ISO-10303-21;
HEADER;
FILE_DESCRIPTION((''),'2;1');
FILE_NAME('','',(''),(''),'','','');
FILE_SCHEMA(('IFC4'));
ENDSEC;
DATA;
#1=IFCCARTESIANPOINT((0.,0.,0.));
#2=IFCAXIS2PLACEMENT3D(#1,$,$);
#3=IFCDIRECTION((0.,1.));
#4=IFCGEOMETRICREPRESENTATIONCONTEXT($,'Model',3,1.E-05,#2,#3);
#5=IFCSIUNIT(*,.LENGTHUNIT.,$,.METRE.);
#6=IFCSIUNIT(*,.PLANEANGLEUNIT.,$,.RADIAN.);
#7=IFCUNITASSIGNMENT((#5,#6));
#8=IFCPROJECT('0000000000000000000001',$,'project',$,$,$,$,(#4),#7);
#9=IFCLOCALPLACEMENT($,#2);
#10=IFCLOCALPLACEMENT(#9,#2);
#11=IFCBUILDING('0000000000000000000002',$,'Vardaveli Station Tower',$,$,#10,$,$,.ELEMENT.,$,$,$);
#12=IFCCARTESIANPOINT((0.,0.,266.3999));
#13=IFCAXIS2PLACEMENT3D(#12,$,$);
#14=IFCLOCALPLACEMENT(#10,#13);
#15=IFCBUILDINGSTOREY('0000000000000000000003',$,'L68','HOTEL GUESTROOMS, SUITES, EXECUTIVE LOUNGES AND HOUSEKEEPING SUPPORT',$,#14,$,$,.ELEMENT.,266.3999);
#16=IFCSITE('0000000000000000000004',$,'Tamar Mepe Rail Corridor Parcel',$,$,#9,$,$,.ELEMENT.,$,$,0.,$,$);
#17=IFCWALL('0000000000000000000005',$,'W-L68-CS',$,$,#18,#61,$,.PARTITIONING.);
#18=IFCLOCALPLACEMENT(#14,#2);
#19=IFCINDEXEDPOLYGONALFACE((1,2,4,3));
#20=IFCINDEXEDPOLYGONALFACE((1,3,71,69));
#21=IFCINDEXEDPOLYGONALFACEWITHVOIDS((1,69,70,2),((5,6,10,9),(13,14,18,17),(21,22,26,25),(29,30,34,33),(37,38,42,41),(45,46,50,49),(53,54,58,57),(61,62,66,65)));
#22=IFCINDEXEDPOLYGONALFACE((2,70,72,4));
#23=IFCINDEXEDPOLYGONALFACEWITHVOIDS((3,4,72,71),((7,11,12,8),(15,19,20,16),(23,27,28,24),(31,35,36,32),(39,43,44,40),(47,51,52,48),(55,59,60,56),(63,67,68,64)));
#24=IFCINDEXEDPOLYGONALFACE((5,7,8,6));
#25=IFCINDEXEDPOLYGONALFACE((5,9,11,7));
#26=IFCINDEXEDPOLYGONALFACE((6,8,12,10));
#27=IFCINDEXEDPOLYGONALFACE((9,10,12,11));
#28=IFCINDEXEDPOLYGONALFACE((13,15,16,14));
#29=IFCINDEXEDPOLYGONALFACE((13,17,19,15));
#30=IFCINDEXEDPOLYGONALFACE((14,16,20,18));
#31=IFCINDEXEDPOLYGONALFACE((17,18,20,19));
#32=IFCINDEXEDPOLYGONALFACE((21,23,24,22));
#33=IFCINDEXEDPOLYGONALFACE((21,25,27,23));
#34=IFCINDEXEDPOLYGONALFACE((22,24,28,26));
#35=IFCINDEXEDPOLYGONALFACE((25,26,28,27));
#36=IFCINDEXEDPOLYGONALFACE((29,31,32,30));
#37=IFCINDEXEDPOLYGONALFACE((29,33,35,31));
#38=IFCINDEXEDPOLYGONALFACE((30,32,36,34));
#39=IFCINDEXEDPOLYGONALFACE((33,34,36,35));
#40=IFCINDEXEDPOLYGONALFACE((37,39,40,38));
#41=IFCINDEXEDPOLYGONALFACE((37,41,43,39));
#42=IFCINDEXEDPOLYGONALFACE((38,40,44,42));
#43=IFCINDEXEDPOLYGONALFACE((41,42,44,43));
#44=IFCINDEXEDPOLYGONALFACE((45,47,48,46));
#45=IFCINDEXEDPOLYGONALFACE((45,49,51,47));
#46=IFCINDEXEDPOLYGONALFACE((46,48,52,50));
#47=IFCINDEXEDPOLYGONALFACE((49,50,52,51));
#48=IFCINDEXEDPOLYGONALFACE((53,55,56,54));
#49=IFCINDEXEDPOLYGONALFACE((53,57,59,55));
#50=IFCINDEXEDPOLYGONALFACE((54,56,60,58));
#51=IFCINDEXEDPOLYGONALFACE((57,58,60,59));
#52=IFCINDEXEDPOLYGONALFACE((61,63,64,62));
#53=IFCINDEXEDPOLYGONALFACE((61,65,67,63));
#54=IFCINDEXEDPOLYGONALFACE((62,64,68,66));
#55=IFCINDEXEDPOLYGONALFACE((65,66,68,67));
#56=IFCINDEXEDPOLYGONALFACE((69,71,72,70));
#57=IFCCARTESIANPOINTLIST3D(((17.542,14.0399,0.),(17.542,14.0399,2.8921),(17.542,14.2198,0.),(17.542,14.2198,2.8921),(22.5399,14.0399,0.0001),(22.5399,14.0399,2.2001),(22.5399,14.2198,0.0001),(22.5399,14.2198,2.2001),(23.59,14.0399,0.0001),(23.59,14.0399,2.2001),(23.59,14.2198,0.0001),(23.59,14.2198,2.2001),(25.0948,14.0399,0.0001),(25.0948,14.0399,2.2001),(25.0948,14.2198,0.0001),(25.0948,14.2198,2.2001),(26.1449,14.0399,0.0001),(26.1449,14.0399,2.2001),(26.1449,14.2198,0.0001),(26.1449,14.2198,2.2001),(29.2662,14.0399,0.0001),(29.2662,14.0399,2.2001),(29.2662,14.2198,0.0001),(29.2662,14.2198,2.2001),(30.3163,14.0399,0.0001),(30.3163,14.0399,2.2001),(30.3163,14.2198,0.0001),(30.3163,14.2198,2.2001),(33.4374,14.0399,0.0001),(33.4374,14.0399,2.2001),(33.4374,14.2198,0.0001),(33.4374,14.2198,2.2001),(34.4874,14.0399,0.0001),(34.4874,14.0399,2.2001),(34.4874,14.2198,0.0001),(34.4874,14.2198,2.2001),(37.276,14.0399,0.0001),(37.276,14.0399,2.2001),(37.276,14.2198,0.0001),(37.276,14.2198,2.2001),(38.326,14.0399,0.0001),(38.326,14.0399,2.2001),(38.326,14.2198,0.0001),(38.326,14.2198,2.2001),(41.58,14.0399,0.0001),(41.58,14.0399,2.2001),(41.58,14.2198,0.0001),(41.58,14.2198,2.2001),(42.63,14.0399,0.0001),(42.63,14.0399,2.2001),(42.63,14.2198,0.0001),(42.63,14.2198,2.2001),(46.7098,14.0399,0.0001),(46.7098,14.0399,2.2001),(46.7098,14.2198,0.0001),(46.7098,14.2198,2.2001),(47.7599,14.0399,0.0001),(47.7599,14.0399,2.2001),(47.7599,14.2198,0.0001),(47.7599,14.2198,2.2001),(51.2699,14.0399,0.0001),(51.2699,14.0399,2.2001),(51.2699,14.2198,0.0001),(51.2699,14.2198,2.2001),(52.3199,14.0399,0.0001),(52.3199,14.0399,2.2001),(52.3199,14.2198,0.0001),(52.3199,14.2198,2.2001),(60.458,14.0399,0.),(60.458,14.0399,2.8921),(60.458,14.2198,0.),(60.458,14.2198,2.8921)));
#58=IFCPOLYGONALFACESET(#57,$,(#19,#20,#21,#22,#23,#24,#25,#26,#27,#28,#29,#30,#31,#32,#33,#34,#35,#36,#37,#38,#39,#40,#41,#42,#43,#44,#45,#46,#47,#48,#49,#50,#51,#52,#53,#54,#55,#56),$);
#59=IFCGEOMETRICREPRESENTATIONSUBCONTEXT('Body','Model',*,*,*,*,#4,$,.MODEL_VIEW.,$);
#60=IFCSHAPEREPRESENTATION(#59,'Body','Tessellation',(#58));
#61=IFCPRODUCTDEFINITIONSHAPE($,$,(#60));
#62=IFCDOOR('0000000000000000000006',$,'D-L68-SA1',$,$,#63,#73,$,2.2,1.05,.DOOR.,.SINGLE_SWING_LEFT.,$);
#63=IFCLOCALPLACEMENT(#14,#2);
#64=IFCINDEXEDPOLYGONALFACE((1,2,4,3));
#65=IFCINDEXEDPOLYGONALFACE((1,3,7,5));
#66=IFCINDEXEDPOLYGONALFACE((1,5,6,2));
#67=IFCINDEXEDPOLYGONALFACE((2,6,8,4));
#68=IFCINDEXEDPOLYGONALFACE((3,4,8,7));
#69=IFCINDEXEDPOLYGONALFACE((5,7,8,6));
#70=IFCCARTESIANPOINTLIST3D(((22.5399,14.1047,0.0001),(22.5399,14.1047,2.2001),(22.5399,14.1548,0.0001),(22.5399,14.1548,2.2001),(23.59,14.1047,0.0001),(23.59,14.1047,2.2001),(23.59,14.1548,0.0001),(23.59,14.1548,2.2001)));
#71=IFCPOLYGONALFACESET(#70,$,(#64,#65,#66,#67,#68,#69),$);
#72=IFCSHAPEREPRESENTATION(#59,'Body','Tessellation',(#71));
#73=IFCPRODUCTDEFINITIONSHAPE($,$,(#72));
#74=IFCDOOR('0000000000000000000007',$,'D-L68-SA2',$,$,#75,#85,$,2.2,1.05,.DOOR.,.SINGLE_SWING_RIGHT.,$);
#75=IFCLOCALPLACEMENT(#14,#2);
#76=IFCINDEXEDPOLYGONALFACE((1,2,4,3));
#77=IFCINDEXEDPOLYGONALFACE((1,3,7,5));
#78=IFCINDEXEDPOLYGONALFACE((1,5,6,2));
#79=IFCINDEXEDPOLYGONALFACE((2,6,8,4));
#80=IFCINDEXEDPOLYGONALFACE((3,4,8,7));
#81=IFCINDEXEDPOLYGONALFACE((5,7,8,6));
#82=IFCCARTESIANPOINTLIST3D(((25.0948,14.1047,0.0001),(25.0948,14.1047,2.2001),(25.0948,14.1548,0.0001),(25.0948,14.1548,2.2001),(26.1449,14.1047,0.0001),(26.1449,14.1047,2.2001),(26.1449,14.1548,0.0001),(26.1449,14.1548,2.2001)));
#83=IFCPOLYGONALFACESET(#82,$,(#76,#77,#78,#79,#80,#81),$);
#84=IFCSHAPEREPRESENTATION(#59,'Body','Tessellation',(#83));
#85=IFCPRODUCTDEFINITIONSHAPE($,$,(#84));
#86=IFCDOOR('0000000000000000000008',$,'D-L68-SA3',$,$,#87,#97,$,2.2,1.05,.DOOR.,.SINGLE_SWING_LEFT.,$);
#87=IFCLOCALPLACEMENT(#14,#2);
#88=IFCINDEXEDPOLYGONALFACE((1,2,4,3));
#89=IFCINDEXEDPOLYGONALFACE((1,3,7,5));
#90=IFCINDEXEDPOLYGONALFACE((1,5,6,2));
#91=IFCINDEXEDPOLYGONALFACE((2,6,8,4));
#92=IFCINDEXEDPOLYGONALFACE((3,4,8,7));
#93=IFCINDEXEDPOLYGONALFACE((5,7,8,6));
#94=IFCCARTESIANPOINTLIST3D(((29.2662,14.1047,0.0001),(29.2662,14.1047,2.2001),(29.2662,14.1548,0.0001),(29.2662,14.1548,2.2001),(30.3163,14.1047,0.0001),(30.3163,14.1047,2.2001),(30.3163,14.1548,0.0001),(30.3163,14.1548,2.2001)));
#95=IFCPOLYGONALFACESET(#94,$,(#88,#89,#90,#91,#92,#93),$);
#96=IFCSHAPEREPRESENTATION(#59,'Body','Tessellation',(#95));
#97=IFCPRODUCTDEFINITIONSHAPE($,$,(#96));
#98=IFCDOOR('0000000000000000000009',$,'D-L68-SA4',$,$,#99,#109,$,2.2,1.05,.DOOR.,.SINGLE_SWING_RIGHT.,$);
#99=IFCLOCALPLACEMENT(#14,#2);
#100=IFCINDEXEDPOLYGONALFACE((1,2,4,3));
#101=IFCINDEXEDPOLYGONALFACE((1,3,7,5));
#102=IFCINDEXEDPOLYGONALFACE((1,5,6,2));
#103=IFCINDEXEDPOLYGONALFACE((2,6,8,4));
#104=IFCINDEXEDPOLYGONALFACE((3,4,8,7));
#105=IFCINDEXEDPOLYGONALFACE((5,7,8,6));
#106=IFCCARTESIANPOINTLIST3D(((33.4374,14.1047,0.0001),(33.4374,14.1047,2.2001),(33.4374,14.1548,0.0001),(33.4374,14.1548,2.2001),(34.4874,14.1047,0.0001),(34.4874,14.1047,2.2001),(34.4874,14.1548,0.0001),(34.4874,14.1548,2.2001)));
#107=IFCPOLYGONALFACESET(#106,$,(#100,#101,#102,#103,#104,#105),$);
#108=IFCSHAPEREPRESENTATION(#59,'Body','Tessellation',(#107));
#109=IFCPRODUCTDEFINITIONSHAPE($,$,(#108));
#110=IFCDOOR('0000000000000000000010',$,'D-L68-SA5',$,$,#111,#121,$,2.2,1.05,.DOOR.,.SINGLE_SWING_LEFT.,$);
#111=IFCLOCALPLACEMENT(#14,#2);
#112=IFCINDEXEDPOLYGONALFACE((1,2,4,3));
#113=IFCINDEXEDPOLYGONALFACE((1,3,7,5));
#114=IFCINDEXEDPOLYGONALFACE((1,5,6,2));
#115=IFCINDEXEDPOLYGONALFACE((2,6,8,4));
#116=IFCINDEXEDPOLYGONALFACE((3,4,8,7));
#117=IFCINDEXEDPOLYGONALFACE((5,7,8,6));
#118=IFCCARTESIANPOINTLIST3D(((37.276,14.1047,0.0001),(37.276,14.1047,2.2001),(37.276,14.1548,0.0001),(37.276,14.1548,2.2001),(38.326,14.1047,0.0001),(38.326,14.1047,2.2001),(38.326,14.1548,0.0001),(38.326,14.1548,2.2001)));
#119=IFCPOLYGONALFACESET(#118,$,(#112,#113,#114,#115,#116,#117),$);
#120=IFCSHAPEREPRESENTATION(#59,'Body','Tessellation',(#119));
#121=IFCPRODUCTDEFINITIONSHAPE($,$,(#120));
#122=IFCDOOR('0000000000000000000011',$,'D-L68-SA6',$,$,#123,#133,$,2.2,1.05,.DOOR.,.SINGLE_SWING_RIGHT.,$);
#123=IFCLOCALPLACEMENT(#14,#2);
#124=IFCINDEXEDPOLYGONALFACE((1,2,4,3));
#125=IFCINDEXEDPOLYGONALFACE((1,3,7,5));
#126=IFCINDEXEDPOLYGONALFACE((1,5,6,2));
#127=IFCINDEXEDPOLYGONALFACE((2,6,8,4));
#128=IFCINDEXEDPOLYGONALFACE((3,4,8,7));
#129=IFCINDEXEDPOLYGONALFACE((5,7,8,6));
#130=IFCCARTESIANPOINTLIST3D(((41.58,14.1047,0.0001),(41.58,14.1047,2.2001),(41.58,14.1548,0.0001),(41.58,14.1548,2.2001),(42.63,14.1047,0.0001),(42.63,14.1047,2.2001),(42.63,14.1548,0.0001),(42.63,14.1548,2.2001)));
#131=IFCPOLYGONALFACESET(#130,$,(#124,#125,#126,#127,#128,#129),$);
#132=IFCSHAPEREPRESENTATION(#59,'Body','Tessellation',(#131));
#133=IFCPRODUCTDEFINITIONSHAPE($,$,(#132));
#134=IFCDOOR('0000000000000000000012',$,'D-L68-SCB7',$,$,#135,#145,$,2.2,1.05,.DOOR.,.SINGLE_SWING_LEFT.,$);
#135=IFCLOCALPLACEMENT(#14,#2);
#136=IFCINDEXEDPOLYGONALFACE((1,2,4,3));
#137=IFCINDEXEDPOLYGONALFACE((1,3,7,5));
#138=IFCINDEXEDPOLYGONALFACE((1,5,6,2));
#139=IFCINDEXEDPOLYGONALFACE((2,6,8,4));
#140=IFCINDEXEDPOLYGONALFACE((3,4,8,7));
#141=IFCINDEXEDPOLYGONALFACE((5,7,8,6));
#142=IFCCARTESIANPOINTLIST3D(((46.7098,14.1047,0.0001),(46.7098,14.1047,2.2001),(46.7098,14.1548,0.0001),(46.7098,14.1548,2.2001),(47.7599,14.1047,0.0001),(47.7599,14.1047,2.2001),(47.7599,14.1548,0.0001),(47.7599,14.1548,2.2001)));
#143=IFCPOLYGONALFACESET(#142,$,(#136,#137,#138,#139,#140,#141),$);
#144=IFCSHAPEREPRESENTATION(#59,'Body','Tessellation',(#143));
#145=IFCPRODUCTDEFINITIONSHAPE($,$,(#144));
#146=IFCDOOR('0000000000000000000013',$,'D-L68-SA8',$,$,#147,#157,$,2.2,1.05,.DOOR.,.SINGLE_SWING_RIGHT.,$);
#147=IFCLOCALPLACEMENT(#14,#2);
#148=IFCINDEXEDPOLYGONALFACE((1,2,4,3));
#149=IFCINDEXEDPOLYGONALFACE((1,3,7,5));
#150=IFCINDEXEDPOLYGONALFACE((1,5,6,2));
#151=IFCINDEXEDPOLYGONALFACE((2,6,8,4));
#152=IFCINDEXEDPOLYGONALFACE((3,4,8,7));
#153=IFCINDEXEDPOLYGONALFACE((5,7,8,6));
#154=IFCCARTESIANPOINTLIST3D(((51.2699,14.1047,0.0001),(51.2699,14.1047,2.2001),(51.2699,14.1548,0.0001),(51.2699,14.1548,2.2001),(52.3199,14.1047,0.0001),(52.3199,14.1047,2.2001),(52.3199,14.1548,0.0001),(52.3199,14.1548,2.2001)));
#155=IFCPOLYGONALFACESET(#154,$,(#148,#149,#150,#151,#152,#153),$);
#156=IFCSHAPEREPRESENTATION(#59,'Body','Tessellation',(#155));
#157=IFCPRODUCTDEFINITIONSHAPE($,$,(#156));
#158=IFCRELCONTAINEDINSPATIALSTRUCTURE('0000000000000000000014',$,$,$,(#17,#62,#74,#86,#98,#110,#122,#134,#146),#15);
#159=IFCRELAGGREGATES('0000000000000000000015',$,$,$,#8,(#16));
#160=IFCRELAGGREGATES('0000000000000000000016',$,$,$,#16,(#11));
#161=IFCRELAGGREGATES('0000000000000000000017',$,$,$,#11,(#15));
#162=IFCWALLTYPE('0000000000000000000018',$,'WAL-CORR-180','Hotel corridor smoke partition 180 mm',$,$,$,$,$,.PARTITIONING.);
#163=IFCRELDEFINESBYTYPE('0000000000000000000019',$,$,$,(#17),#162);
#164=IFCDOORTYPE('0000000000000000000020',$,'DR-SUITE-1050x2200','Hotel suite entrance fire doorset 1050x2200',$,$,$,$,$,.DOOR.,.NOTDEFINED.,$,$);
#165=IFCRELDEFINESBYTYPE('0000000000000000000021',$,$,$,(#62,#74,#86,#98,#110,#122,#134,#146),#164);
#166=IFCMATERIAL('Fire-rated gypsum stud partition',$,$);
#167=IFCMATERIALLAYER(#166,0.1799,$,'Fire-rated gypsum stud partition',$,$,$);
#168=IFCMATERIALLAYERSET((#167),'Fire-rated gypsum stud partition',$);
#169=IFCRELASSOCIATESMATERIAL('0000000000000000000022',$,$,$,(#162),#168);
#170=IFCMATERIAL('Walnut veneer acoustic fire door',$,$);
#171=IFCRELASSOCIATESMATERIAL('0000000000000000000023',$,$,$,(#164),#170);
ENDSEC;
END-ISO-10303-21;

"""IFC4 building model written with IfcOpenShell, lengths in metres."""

from ifc_helpers import new_model, si_unit, direction, frame, frame_2d, origin, place, context, subcontext, project, spatial, rectangle, extrude, source, transform, mapped, material, layer, layer_set, type_object, element, fill, save


model = new_model("IFC4")

# Units and contexts
model_context = context("Model", 3, precision=1e-05, world=origin(), true_north=direction((0.0, 1.0)))
body_context = subcontext(model_context, "Body", "Model", "MODEL_VIEW")
ifc_project = project(units=[si_unit("LENGTHUNIT", "METRE"), si_unit("PLANEANGLEUNIT", "RADIAN")], contexts=[model_context])

# Site, building, storey
site_placement = place(None, origin())
site = spatial("IfcSite", under=ifc_project, at=site_placement, Name="Tamar Mepe Rail Corridor Parcel", CompositionType="ELEMENT", RefElevation=0.0)
building_placement = place(site_placement, origin())
building = spatial("IfcBuilding", under=site, at=building_placement, Name="Vardaveli Station Tower", CompositionType="ELEMENT")
storey_placement = place(building_placement, frame((0.0, 0.0, 266.3999)))
storey = spatial("IfcBuildingStorey", under=building, at=storey_placement, Name="L68", Description="HOTEL GUESTROOMS, SUITES, EXECUTIVE LOUNGES AND HOUSEKEEPING SUPPORT", CompositionType="ELEMENT", Elevation=266.3999)

# Wall, openings, doors
ifc_material_1 = material(Name="Fire-rated gypsum stud partition")
ifc_layer_1 = layer(ifc_material_1, 0.1799, Name="Fire-rated gypsum stud partition")
ifc_layer_set_1 = layer_set([ifc_layer_1], Name="Fire-rated gypsum stud partition")
wall_type_1 = type_object("IfcWallType", Name="WAL-CORR-180", Description="Hotel corridor smoke partition 180 mm", PredefinedType="PARTITIONING", material=ifc_layer_set_1)
shared_shape_1 = source(origin(), body_context, "Body", "SweptSolid", [
    extrude(rectangle(XDim=42.916, YDim=0.1799, at=frame_2d((21.458, 0.0))), origin(), (0.0, 0.0, 1.0), 2.8921),
])
wall_1_placement = place(storey_placement, frame((17.542, 14.1299, 0.0), z_axis=(0.0, 0.0, 1.0), x_axis=(1.0, 0.0, 0.0)))
wall_1 = element("IfcWall", 1, at=wall_1_placement, inside=storey, type_object=wall_type_1, Name="W-L68-CS", PredefinedType="PARTITIONING", context=body_context, shape_type="MappedRepresentation", body=[
    mapped(shared_shape_1, transform((0.0, 0.0, 0.0), scale=1.0)),
])
shared_shape_2 = source(origin(), body_context, "Body", "SweptSolid", [
    extrude(rectangle(XDim=1.05, YDim=2.2, at=frame_2d((0.5249, 1.1001))), frame((0.0, 0.1001, 0.0), z_axis=(0.0, -1.0, 0.0), x_axis=(1.0, 0.0, 0.0)), (0.0, 0.0, 1.0), 0.2),
])
opening_1_placement = place(wall_1_placement, frame((4.998, 0.0, 0.0)))
opening_1 = element("IfcOpeningElement", 2, at=opening_1_placement, cuts=wall_1, PredefinedType="OPENING", context=body_context, shape_type="MappedRepresentation", body=[
    mapped(shared_shape_2, transform((0.0, 0.0, 0.0), scale=1.0)),
])
opening_2_placement = place(wall_1_placement, frame((7.553, 0.0, 0.0)))
opening_2 = element("IfcOpeningElement", 3, at=opening_2_placement, cuts=wall_1, PredefinedType="OPENING", context=body_context, shape_type="MappedRepresentation", body=[
    mapped(shared_shape_2, transform((0.0, 0.0, 0.0), scale=1.0)),
])
opening_3_placement = place(wall_1_placement, frame((11.7244, 0.0, 0.0)))
opening_3 = element("IfcOpeningElement", 4, at=opening_3_placement, cuts=wall_1, PredefinedType="OPENING", context=body_context, shape_type="MappedRepresentation", body=[
    mapped(shared_shape_2, transform((0.0, 0.0, 0.0), scale=1.0)),
])
opening_4_placement = place(wall_1_placement, frame((15.8955, 0.0, 0.0)))
opening_4 = element("IfcOpeningElement", 5, at=opening_4_placement, cuts=wall_1, PredefinedType="OPENING", context=body_context, shape_type="MappedRepresentation", body=[
    mapped(shared_shape_2, transform((0.0, 0.0, 0.0), scale=1.0)),
])
opening_5_placement = place(wall_1_placement, frame((19.7341, 0.0, 0.0)))
opening_5 = element("IfcOpeningElement", 6, at=opening_5_placement, cuts=wall_1, PredefinedType="OPENING", context=body_context, shape_type="MappedRepresentation", body=[
    mapped(shared_shape_2, transform((0.0, 0.0, 0.0), scale=1.0)),
])
opening_6_placement = place(wall_1_placement, frame((24.0381, 0.0, 0.0)))
opening_6 = element("IfcOpeningElement", 7, at=opening_6_placement, cuts=wall_1, PredefinedType="OPENING", context=body_context, shape_type="MappedRepresentation", body=[
    mapped(shared_shape_2, transform((0.0, 0.0, 0.0), scale=1.0)),
])
opening_7_placement = place(wall_1_placement, frame((29.168, 0.0, 0.0)))
opening_7 = element("IfcOpeningElement", 8, at=opening_7_placement, cuts=wall_1, PredefinedType="OPENING", context=body_context, shape_type="MappedRepresentation", body=[
    mapped(shared_shape_2, transform((0.0, 0.0, 0.0), scale=1.0)),
])
opening_8_placement = place(wall_1_placement, frame((33.728, 0.0, 0.0)))
opening_8 = element("IfcOpeningElement", 9, at=opening_8_placement, cuts=wall_1, PredefinedType="OPENING", context=body_context, shape_type="MappedRepresentation", body=[
    mapped(shared_shape_2, transform((0.0, 0.0, 0.0), scale=1.0)),
])
ifc_material_2 = material(Name="Walnut veneer acoustic fire door")
door_type_1 = type_object("IfcDoorType", Name="DR-SUITE-1050x2200", Description="Hotel suite entrance fire doorset 1050x2200", OperationType="NOTDEFINED", PredefinedType="DOOR", material=ifc_material_2)
shared_shape_3 = source(origin(), body_context, "Body", "SweptSolid", [
    extrude(rectangle(XDim=1.05, YDim=2.2, at=frame_2d((0.5249, 1.1001))), frame((0.0, 0.0249, 0.0), z_axis=(0.0, -1.0, 0.0), x_axis=(1.0, 0.0, 0.0)), (0.0, 0.0, 1.0), 0.05),
])
door_1_placement = place(opening_1_placement, origin())
door_1 = element("IfcDoor", 10, at=door_1_placement, inside=storey, type_object=door_type_1, Name="D-L68-SA1", OperationType="SINGLE_SWING_LEFT", OverallHeight=2.2, OverallWidth=1.05, PredefinedType="DOOR", context=body_context, shape_type="MappedRepresentation", body=[
    mapped(shared_shape_3, transform((0.0, 0.0, 0.0), scale=1.0)),
])
fill(opening_1, door_1)
door_2_placement = place(opening_2_placement, origin())
door_2 = element("IfcDoor", 11, at=door_2_placement, inside=storey, type_object=door_type_1, Name="D-L68-SA2", OperationType="SINGLE_SWING_RIGHT", OverallHeight=2.2, OverallWidth=1.05, PredefinedType="DOOR", context=body_context, shape_type="MappedRepresentation", body=[
    mapped(shared_shape_3, transform((0.0, 0.0, 0.0), scale=1.0)),
])
fill(opening_2, door_2)
door_3_placement = place(opening_3_placement, origin())
door_3 = element("IfcDoor", 12, at=door_3_placement, inside=storey, type_object=door_type_1, Name="D-L68-SA3", OperationType="SINGLE_SWING_LEFT", OverallHeight=2.2, OverallWidth=1.05, PredefinedType="DOOR", context=body_context, shape_type="MappedRepresentation", body=[
    mapped(shared_shape_3, transform((0.0, 0.0, 0.0), scale=1.0)),
])
fill(opening_3, door_3)
door_4_placement = place(opening_4_placement, origin())
door_4 = element("IfcDoor", 13, at=door_4_placement, inside=storey, type_object=door_type_1, Name="D-L68-SA4", OperationType="SINGLE_SWING_RIGHT", OverallHeight=2.2, OverallWidth=1.05, PredefinedType="DOOR", context=body_context, shape_type="MappedRepresentation", body=[
    mapped(shared_shape_3, transform((0.0, 0.0, 0.0), scale=1.0)),
])
fill(opening_4, door_4)
door_5_placement = place(opening_5_placement, origin())
door_5 = element("IfcDoor", 14, at=door_5_placement, inside=storey, type_object=door_type_1, Name="D-L68-SA5", OperationType="SINGLE_SWING_LEFT", OverallHeight=2.2, OverallWidth=1.05, PredefinedType="DOOR", context=body_context, shape_type="MappedRepresentation", body=[
    mapped(shared_shape_3, transform((0.0, 0.0, 0.0), scale=1.0)),
])
fill(opening_5, door_5)
door_6_placement = place(opening_6_placement, origin())
door_6 = element("IfcDoor", 15, at=door_6_placement, inside=storey, type_object=door_type_1, Name="D-L68-SA6", OperationType="SINGLE_SWING_RIGHT", OverallHeight=2.2, OverallWidth=1.05, PredefinedType="DOOR", context=body_context, shape_type="MappedRepresentation", body=[
    mapped(shared_shape_3, transform((0.0, 0.0, 0.0), scale=1.0)),
])
fill(opening_6, door_6)
door_7_placement = place(opening_7_placement, origin())
door_7 = element("IfcDoor", 16, at=door_7_placement, inside=storey, type_object=door_type_1, Name="D-L68-SCB7", OperationType="SINGLE_SWING_LEFT", OverallHeight=2.2, OverallWidth=1.05, PredefinedType="DOOR", context=body_context, shape_type="MappedRepresentation", body=[
    mapped(shared_shape_3, transform((0.0, 0.0, 0.0), scale=1.0)),
])
fill(opening_7, door_7)
door_8_placement = place(opening_8_placement, origin())
door_8 = element("IfcDoor", 17, at=door_8_placement, inside=storey, type_object=door_type_1, Name="D-L68-SA8", OperationType="SINGLE_SWING_RIGHT", OverallHeight=2.2, OverallWidth=1.05, PredefinedType="DOOR", context=body_context, shape_type="MappedRepresentation", body=[
    mapped(shared_shape_3, transform((0.0, 0.0, 0.0), scale=1.0)),
])
fill(opening_8, door_8)

save(model, "model.ifc")
